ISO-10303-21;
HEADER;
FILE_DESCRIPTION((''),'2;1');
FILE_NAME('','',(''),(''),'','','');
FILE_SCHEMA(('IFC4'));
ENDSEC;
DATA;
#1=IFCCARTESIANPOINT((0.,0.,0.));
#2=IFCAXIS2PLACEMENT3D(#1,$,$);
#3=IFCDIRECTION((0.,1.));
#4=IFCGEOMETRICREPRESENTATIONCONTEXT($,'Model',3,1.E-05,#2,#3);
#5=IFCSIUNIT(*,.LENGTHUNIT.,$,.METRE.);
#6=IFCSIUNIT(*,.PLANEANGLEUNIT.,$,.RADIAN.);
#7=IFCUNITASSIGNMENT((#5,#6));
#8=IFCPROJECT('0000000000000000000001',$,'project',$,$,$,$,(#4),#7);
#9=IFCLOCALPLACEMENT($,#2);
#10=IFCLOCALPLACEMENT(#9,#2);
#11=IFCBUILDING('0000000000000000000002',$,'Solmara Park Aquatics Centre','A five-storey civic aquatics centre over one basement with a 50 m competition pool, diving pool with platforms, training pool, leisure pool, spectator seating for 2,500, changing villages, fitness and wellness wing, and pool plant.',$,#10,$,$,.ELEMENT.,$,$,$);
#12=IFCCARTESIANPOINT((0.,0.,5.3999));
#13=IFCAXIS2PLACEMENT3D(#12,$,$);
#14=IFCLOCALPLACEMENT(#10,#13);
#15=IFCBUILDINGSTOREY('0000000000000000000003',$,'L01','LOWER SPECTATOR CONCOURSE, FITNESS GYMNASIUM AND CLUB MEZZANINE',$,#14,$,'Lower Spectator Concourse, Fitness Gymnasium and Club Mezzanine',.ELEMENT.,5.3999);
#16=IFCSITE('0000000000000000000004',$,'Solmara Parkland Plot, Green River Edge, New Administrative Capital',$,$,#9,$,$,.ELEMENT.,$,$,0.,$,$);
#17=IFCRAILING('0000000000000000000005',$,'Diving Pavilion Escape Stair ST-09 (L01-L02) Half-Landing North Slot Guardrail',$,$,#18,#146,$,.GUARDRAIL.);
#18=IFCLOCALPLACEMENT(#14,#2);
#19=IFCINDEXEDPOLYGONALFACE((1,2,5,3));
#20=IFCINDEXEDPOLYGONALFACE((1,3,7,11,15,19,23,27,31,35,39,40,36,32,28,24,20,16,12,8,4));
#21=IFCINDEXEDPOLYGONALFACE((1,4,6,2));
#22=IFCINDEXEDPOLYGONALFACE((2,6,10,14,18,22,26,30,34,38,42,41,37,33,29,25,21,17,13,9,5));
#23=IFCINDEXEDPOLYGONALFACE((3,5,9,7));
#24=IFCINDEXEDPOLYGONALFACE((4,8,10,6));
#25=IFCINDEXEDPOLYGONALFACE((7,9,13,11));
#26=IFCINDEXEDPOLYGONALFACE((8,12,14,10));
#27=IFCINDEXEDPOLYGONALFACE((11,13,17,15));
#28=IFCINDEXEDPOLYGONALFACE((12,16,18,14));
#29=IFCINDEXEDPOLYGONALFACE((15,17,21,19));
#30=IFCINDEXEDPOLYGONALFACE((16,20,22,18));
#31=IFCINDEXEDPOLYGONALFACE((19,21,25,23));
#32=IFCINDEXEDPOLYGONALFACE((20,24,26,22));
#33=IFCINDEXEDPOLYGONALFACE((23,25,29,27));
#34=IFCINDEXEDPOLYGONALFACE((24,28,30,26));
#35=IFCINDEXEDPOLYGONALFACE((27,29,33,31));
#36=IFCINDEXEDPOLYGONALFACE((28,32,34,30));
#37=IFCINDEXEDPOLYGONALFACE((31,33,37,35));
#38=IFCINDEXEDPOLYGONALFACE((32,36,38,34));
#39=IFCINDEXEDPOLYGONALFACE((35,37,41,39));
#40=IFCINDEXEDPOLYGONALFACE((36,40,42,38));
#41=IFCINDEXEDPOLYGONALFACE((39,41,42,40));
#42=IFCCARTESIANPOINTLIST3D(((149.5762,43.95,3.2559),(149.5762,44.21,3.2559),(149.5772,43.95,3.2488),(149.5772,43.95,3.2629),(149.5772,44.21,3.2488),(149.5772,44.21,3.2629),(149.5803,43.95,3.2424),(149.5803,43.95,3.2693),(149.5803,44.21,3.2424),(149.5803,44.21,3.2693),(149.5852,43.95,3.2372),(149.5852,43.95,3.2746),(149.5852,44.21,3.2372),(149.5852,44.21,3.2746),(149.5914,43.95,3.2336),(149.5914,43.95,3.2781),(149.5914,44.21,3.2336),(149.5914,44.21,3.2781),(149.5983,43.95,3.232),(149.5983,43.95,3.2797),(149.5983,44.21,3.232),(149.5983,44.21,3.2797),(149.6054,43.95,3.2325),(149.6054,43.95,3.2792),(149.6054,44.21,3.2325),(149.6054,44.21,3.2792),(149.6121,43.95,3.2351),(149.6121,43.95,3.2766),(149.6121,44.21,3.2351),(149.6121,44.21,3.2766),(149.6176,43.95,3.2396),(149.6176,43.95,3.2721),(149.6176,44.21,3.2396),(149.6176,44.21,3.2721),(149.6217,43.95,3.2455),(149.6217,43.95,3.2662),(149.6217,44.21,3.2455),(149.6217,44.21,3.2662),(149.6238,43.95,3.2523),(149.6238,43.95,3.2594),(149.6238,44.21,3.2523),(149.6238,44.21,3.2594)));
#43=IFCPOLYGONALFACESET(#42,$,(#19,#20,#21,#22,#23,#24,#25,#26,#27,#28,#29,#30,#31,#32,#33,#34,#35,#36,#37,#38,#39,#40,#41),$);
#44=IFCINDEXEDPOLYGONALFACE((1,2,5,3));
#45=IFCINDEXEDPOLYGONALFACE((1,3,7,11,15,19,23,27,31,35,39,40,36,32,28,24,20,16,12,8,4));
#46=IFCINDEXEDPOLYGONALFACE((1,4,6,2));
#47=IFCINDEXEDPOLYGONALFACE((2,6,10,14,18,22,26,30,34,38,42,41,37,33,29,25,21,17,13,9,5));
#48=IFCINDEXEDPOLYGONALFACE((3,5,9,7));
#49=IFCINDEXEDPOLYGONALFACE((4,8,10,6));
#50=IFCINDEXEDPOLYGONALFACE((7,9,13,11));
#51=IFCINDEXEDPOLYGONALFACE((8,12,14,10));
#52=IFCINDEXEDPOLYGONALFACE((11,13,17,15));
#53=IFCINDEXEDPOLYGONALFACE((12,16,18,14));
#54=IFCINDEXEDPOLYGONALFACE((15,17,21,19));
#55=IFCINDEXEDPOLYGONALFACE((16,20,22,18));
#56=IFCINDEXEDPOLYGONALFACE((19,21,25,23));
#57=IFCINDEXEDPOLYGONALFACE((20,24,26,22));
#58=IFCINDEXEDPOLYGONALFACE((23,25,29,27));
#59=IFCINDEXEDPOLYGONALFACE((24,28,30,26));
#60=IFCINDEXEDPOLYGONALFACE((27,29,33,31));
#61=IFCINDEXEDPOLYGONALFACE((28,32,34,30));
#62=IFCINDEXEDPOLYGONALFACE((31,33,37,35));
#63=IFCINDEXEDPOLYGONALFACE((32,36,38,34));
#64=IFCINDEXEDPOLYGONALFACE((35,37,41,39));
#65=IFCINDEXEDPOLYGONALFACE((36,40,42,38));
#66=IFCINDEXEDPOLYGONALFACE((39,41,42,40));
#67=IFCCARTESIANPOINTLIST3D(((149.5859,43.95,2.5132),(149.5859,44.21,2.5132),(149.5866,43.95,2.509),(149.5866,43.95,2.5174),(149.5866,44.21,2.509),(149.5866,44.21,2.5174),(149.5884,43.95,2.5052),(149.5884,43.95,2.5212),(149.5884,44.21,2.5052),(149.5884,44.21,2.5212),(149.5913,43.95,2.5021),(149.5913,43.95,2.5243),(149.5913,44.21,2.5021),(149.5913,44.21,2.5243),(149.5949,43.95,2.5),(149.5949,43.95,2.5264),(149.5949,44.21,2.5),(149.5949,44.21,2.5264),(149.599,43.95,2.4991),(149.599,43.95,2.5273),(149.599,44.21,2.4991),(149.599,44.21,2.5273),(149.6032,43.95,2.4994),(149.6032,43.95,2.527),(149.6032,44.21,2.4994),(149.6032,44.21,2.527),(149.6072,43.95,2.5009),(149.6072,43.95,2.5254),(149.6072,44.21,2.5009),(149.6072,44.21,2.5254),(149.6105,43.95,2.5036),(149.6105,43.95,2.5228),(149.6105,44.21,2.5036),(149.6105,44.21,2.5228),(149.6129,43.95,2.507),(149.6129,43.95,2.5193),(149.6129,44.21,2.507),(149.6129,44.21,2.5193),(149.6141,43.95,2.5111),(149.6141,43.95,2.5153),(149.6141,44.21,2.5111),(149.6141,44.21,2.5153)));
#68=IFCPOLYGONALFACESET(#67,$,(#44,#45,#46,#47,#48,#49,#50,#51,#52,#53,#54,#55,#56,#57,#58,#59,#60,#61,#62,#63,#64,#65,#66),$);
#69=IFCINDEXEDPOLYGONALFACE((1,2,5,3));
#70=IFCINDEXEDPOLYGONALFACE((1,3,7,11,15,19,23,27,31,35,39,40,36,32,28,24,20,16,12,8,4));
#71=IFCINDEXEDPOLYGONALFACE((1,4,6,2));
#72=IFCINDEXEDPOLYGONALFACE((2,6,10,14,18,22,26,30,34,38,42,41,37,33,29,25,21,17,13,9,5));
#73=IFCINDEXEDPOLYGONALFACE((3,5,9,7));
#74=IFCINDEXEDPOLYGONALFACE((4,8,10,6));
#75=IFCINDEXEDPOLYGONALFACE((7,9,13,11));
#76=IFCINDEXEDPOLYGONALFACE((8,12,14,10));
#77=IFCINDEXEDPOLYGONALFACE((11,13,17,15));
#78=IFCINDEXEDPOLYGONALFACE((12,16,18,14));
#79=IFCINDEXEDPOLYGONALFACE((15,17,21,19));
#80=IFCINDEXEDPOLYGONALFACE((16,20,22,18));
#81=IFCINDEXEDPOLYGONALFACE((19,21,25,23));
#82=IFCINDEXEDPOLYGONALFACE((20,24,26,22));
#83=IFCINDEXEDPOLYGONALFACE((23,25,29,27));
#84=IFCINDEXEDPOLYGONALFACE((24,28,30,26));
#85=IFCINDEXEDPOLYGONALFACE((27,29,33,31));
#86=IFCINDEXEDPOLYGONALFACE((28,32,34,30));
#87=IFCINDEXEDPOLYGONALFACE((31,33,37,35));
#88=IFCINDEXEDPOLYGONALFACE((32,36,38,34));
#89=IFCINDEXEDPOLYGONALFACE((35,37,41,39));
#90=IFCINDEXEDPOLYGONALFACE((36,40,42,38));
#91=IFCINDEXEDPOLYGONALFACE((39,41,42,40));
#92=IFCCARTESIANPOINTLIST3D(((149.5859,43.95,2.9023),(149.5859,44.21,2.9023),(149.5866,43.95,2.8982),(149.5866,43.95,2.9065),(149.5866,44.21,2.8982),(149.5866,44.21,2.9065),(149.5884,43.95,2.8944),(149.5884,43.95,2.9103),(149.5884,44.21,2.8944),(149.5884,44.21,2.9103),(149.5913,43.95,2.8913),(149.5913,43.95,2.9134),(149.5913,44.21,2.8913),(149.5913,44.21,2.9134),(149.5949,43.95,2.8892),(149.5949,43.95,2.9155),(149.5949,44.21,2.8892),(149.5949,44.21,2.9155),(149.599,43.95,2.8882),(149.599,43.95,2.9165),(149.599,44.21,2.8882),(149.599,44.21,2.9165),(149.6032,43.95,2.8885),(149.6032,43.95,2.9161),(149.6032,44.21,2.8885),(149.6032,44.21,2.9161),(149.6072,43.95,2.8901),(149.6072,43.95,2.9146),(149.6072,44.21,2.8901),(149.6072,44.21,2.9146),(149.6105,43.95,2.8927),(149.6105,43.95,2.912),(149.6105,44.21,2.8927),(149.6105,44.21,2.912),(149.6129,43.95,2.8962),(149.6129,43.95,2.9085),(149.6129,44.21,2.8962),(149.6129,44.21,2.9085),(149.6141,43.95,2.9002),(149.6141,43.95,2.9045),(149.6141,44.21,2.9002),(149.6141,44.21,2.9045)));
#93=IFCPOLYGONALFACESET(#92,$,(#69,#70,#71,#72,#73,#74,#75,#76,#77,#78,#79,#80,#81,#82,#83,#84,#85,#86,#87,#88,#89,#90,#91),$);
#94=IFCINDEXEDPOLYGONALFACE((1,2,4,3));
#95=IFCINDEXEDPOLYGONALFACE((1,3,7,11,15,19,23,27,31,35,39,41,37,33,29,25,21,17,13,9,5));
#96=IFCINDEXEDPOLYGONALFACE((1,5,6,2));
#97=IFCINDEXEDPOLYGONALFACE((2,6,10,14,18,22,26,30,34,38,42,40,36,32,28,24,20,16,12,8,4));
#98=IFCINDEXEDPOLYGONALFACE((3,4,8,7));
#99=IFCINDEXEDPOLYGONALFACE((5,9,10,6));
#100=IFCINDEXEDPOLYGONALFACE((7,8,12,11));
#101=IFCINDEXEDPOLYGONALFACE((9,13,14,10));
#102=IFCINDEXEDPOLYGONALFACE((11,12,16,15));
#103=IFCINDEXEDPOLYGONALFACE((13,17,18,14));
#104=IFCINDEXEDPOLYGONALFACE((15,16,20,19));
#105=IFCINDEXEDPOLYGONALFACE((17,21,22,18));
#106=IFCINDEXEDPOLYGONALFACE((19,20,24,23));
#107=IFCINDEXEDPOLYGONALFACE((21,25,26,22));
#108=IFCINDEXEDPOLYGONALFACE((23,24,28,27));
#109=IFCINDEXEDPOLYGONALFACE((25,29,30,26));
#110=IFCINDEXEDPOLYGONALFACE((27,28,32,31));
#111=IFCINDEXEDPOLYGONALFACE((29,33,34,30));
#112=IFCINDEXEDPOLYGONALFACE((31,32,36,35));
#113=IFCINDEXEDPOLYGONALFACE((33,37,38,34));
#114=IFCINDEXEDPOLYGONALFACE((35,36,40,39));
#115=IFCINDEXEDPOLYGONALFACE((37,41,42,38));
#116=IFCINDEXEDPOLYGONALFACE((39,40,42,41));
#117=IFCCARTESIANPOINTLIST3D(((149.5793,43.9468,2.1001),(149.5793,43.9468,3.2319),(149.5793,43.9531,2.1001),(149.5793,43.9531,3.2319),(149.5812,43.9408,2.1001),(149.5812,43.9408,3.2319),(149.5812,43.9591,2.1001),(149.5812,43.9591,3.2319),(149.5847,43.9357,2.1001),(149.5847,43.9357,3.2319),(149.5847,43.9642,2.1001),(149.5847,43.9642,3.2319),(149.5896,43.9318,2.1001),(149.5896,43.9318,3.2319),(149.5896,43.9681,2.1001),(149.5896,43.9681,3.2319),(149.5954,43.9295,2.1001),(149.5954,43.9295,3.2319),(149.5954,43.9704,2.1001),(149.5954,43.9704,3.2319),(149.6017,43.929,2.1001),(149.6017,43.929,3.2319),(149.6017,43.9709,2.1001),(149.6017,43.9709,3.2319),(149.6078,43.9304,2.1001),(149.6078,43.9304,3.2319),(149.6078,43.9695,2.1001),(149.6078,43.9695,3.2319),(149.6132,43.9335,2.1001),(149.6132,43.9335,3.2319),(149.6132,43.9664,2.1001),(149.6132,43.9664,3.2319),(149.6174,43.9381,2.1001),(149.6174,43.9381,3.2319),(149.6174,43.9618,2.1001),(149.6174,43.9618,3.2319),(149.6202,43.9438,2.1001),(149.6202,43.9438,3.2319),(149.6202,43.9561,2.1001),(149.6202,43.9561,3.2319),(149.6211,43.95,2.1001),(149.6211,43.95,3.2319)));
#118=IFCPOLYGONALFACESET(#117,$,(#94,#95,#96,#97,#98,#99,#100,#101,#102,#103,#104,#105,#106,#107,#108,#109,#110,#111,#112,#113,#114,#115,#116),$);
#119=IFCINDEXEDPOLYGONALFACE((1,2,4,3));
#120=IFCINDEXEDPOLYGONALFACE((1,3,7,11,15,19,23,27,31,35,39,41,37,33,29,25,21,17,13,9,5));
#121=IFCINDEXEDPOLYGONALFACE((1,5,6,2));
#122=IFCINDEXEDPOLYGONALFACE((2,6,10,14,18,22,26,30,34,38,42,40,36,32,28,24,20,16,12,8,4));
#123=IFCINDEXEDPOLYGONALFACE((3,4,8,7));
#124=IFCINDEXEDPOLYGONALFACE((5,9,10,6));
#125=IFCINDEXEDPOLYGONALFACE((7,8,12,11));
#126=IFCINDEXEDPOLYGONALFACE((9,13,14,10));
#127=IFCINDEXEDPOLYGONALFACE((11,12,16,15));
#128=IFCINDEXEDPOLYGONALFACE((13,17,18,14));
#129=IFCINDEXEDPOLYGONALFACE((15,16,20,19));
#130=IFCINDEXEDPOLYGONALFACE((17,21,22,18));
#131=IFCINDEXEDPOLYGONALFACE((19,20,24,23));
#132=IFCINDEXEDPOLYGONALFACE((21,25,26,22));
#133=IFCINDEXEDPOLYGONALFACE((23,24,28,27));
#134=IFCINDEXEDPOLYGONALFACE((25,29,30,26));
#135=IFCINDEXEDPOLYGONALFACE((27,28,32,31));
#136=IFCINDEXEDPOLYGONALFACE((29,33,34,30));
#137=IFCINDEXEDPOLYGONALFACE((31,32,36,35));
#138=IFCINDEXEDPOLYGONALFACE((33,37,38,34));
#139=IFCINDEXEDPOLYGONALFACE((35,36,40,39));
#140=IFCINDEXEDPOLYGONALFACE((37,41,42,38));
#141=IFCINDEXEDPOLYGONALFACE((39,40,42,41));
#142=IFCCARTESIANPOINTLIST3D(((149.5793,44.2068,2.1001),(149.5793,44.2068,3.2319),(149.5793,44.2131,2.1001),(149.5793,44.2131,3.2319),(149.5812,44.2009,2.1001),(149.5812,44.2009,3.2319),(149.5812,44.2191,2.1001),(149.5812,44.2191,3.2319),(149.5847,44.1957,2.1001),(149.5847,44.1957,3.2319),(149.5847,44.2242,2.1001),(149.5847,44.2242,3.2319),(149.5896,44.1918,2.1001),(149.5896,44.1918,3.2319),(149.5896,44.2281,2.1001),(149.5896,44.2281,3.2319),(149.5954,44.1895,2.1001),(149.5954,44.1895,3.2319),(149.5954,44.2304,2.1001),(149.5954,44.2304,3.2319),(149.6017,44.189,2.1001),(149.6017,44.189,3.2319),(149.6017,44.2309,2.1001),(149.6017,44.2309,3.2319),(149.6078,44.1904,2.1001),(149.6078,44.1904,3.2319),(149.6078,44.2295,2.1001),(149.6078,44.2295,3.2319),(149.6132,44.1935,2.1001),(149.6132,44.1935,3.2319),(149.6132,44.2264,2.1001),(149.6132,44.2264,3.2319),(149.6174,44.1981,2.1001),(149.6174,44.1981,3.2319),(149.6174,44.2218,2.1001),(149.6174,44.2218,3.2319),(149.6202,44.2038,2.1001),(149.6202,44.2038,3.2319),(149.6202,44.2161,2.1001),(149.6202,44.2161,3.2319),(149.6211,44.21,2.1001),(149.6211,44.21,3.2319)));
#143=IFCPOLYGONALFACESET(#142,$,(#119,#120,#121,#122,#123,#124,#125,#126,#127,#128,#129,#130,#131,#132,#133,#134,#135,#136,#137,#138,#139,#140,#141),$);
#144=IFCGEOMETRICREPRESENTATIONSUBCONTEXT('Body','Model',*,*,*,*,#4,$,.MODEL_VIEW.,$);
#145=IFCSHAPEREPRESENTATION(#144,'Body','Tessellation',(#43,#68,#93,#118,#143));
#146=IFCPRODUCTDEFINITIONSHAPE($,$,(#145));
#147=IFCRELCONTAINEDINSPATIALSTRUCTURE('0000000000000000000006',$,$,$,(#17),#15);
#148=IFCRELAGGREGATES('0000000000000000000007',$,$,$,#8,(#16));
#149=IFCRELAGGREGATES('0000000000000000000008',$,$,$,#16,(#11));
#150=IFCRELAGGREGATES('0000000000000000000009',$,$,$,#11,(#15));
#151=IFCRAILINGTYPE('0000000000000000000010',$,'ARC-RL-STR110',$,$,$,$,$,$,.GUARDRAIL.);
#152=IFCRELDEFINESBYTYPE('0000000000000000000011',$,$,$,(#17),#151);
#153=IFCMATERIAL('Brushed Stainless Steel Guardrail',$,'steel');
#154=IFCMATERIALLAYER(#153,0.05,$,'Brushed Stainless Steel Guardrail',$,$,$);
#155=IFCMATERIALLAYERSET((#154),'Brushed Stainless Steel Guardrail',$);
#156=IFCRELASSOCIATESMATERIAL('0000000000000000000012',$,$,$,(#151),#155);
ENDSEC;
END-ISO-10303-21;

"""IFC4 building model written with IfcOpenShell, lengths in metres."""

from ifc_helpers import new_model, si_unit, direction, frame, origin, origin_2d, place, context, subcontext, project, spatial, circle, extrude, material, layer, layer_set, type_object, element, save


model = new_model("IFC4")

# Units and contexts
model_context = context("Model", 3, precision=1e-05, world=origin(), true_north=direction((0.0, 1.0)))
body_context = subcontext(model_context, "Body", "Model", "MODEL_VIEW")
ifc_project = project(units=[si_unit("LENGTHUNIT", "METRE"), si_unit("PLANEANGLEUNIT", "RADIAN")], contexts=[model_context])

# Site, building, storey
site_placement = place(None, origin())
site = spatial("IfcSite", under=ifc_project, at=site_placement, Name="Solmara Parkland Plot, Green River Edge, New Administrative Capital", CompositionType="ELEMENT", RefElevation=0.0)
building_placement = place(site_placement, origin())
building = spatial("IfcBuilding", under=site, at=building_placement, Name="Solmara Park Aquatics Centre", Description="A five-storey civic aquatics centre over one basement with a 50 m competition pool, diving pool with platforms, training pool, leisure pool, spectator seating for 2,500, changing villages, fitness and wellness wing, and pool plant.", CompositionType="ELEMENT")
storey_placement = place(building_placement, frame((0.0, 0.0, 5.3999)))
storey = spatial("IfcBuildingStorey", under=building, at=storey_placement, Name="L01", Description="LOWER SPECTATOR CONCOURSE, FITNESS GYMNASIUM AND CLUB MEZZANINE", LongName="Lower Spectator Concourse, Fitness Gymnasium and Club Mezzanine", CompositionType="ELEMENT", Elevation=5.3999)

# Railing
ifc_material_1 = material(Name="Brushed Stainless Steel Guardrail", Category="steel")
ifc_layer_1 = layer(ifc_material_1, 0.05, Name="Brushed Stainless Steel Guardrail")
ifc_layer_set_1 = layer_set([ifc_layer_1], Name="Brushed Stainless Steel Guardrail")
railing_type_1 = type_object("IfcRailingType", Name="ARC-RL-STR110", PredefinedType="GUARDRAIL", material=ifc_layer_set_1)
railing_1_placement = place(storey_placement, frame((149.6001, 43.95, 2.1001)))
element("IfcRailing", 1, at=railing_1_placement, inside=storey, type_object=railing_type_1, Name="Diving Pavilion Escape Stair ST-09 (L01-L02) Half-Landing North Slot Guardrail", PredefinedType="GUARDRAIL", context=body_context, shape_type="SweptSolid", body=[
    extrude(circle(Radius=0.0239, at=origin_2d()), frame((0.0, 0.0, 1.1558), z_axis=(0.0, 1.0, 0.0), x_axis=(-1.0, 0.0, 0.0)), (0.0, 0.0, 1.0), 0.26),
    extrude(circle(Radius=0.0142, at=origin_2d()), frame((0.0, 0.0, 0.4131), z_axis=(0.0, 1.0, 0.0), x_axis=(-1.0, 0.0, 0.0)), (0.0, 0.0, 1.0), 0.26),
    extrude(circle(Radius=0.0142, at=origin_2d()), frame((0.0, 0.0, 0.8022), z_axis=(0.0, 1.0, 0.0), x_axis=(-1.0, 0.0, 0.0)), (0.0, 0.0, 1.0), 0.26),
    extrude(circle(Radius=0.021, at=origin_2d()), origin(), (0.0, 0.0, 1.0), 1.1318),
    extrude(circle(Radius=0.021, at=origin_2d()), frame((0.0, 0.26, 0.0)), (0.0, 0.0, 1.0), 1.1318),
])

save(model, "model.ifc")
